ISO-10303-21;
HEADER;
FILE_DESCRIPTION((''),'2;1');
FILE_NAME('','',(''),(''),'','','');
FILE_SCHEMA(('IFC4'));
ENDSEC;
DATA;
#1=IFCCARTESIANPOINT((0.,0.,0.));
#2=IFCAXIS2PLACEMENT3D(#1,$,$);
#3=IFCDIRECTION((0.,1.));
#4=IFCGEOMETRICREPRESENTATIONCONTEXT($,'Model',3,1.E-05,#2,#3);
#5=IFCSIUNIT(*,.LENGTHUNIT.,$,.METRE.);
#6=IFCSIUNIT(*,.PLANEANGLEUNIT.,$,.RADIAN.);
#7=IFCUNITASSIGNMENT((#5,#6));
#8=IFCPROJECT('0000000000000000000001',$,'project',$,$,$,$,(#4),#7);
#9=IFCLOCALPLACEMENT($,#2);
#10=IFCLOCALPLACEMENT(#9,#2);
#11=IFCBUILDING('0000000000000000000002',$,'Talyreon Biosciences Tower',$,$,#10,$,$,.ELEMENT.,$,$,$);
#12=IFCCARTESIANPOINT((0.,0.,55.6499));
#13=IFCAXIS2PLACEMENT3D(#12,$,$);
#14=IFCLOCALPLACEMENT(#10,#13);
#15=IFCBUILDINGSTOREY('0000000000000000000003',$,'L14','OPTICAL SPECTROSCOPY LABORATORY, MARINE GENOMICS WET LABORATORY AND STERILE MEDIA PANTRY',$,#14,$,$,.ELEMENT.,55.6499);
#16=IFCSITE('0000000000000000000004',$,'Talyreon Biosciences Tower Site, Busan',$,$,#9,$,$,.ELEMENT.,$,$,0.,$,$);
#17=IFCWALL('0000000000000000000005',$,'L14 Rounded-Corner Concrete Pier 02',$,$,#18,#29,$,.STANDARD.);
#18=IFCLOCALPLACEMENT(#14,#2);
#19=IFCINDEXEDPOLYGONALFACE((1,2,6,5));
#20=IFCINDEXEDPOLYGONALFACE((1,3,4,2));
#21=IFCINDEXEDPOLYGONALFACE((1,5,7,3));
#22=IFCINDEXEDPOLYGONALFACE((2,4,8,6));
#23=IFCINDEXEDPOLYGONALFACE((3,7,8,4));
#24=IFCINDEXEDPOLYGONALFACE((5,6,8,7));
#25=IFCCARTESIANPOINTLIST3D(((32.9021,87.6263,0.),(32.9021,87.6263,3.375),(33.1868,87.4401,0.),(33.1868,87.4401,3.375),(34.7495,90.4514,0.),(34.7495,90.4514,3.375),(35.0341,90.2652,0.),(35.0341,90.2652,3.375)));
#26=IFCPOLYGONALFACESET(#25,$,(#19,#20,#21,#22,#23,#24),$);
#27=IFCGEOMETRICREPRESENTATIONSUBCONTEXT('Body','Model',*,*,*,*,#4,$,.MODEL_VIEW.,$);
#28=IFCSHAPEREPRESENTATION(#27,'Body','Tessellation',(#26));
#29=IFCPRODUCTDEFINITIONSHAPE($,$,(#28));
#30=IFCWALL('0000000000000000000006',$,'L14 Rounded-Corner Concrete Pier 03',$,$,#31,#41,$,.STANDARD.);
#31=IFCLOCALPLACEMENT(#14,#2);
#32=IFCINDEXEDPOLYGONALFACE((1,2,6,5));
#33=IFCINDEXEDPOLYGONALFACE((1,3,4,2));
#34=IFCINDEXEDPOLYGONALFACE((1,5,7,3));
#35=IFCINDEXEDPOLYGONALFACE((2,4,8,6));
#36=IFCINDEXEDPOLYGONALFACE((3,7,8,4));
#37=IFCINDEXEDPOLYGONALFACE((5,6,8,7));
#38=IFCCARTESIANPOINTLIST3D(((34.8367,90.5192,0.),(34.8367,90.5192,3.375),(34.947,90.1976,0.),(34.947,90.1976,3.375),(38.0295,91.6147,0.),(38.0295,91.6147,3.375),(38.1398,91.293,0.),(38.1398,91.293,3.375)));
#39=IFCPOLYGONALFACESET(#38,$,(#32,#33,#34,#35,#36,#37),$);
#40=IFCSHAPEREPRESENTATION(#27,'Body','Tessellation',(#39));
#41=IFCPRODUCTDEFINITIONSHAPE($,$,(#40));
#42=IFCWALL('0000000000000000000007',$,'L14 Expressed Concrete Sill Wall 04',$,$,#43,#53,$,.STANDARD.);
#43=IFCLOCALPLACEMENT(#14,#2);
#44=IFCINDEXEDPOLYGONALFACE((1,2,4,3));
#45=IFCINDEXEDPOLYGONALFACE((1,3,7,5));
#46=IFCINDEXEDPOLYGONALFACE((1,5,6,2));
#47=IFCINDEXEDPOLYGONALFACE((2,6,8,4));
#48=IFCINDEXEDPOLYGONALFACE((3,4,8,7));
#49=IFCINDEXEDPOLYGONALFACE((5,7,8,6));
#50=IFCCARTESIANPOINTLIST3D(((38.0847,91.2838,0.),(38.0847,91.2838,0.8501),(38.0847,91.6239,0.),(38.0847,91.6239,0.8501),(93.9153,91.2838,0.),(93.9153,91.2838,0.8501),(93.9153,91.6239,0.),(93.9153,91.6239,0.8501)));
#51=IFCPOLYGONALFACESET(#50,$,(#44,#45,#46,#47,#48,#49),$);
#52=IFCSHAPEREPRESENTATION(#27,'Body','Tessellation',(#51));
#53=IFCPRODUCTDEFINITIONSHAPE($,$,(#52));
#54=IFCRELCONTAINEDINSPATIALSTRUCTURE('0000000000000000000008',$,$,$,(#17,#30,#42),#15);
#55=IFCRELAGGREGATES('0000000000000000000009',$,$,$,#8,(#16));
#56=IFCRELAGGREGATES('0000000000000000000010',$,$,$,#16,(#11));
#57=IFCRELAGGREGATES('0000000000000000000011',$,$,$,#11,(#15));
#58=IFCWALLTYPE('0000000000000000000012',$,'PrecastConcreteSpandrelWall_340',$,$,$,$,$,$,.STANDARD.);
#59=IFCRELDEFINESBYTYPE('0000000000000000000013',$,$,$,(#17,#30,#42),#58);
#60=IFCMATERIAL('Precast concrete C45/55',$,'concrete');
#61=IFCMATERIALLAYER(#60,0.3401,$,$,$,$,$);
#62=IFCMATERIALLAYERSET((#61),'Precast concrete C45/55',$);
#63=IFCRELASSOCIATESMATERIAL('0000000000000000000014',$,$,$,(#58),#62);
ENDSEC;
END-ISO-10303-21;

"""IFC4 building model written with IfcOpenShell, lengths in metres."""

from ifc_helpers import new_model, si_unit, direction, frame, frame_2d, origin, place, context, subcontext, project, spatial, rectangle, extrude, material, layer, layer_set, type_object, element, save


model = new_model("IFC4")

# Units and contexts
model_context = context("Model", 3, precision=1e-05, world=origin(), true_north=direction((0.0, 1.0)))
body_context = subcontext(model_context, "Body", "Model", "MODEL_VIEW")
ifc_project = project(units=[si_unit("LENGTHUNIT", "METRE"), si_unit("PLANEANGLEUNIT", "RADIAN")], contexts=[model_context])

# Site, building, storey
site_placement = place(None, origin())
site = spatial("IfcSite", under=ifc_project, at=site_placement, Name="Talyreon Biosciences Tower Site, Busan", CompositionType="ELEMENT", RefElevation=0.0)
building_placement = place(site_placement, origin())
building = spatial("IfcBuilding", under=site, at=building_placement, Name="Talyreon Biosciences Tower", CompositionType="ELEMENT")
storey_placement = place(building_placement, frame((0.0, 0.0, 55.6499)))
storey = spatial("IfcBuildingStorey", under=building, at=storey_placement, Name="L14", Description="OPTICAL SPECTROSCOPY LABORATORY, MARINE GENOMICS WET LABORATORY AND STERILE MEDIA PANTRY", CompositionType="ELEMENT", Elevation=55.6499)

# Shared definitions
ifc_material_1 = material(Name="Precast concrete C45/55", Category="concrete")

# Walls
ifc_layer_1 = layer(ifc_material_1, 0.3401)
ifc_layer_set_1 = layer_set([ifc_layer_1], Name="Precast concrete C45/55")
wall_type_1 = type_object("IfcWallType", Name="PrecastConcreteSpandrelWall_340", PredefinedType="STANDARD", material=ifc_layer_set_1)
for number, where, z_axis, x_axis, name in (
    (1, (33.0444, 87.5332, 0.0), (0.0, 0.0, 1.0), (0.547284, 0.836947, 0.0), "L14 Rounded-Corner Concrete Pier 02"),
    (2, (34.8918, 90.3584, 0.0), (0.0, 0.0, 1.0), (0.945877, 0.324526, 0.0), "L14 Rounded-Corner Concrete Pier 03"),
):
    element("IfcWall", number, at=place(storey_placement, frame(where, z_axis=z_axis, x_axis=x_axis)), inside=storey, type_object=wall_type_1, Name=name, PredefinedType="STANDARD", context=body_context, shape_type="SweptSolid", body=[
        extrude(rectangle(XDim=3.3755, YDim=0.3401, at=frame_2d((1.6877, 0.0))), origin(), (0.0, 0.0, 1.0), 3.375),
    ])
wall_1_placement = place(storey_placement, frame((38.0847, 91.4539, 0.0), z_axis=(0.0, 0.0, 1.0), x_axis=(1.0, 0.0, 0.0)))
element("IfcWall", 3, at=wall_1_placement, inside=storey, type_object=wall_type_1, Name="L14 Expressed Concrete Sill Wall 04", PredefinedType="STANDARD", context=body_context, shape_type="SweptSolid", body=[
    extrude(rectangle(XDim=55.8306, YDim=0.3401, at=frame_2d((27.9153, 0.0))), origin(), (0.0, 0.0, 1.0), 0.8501),
])

save(model, "model.ifc")
